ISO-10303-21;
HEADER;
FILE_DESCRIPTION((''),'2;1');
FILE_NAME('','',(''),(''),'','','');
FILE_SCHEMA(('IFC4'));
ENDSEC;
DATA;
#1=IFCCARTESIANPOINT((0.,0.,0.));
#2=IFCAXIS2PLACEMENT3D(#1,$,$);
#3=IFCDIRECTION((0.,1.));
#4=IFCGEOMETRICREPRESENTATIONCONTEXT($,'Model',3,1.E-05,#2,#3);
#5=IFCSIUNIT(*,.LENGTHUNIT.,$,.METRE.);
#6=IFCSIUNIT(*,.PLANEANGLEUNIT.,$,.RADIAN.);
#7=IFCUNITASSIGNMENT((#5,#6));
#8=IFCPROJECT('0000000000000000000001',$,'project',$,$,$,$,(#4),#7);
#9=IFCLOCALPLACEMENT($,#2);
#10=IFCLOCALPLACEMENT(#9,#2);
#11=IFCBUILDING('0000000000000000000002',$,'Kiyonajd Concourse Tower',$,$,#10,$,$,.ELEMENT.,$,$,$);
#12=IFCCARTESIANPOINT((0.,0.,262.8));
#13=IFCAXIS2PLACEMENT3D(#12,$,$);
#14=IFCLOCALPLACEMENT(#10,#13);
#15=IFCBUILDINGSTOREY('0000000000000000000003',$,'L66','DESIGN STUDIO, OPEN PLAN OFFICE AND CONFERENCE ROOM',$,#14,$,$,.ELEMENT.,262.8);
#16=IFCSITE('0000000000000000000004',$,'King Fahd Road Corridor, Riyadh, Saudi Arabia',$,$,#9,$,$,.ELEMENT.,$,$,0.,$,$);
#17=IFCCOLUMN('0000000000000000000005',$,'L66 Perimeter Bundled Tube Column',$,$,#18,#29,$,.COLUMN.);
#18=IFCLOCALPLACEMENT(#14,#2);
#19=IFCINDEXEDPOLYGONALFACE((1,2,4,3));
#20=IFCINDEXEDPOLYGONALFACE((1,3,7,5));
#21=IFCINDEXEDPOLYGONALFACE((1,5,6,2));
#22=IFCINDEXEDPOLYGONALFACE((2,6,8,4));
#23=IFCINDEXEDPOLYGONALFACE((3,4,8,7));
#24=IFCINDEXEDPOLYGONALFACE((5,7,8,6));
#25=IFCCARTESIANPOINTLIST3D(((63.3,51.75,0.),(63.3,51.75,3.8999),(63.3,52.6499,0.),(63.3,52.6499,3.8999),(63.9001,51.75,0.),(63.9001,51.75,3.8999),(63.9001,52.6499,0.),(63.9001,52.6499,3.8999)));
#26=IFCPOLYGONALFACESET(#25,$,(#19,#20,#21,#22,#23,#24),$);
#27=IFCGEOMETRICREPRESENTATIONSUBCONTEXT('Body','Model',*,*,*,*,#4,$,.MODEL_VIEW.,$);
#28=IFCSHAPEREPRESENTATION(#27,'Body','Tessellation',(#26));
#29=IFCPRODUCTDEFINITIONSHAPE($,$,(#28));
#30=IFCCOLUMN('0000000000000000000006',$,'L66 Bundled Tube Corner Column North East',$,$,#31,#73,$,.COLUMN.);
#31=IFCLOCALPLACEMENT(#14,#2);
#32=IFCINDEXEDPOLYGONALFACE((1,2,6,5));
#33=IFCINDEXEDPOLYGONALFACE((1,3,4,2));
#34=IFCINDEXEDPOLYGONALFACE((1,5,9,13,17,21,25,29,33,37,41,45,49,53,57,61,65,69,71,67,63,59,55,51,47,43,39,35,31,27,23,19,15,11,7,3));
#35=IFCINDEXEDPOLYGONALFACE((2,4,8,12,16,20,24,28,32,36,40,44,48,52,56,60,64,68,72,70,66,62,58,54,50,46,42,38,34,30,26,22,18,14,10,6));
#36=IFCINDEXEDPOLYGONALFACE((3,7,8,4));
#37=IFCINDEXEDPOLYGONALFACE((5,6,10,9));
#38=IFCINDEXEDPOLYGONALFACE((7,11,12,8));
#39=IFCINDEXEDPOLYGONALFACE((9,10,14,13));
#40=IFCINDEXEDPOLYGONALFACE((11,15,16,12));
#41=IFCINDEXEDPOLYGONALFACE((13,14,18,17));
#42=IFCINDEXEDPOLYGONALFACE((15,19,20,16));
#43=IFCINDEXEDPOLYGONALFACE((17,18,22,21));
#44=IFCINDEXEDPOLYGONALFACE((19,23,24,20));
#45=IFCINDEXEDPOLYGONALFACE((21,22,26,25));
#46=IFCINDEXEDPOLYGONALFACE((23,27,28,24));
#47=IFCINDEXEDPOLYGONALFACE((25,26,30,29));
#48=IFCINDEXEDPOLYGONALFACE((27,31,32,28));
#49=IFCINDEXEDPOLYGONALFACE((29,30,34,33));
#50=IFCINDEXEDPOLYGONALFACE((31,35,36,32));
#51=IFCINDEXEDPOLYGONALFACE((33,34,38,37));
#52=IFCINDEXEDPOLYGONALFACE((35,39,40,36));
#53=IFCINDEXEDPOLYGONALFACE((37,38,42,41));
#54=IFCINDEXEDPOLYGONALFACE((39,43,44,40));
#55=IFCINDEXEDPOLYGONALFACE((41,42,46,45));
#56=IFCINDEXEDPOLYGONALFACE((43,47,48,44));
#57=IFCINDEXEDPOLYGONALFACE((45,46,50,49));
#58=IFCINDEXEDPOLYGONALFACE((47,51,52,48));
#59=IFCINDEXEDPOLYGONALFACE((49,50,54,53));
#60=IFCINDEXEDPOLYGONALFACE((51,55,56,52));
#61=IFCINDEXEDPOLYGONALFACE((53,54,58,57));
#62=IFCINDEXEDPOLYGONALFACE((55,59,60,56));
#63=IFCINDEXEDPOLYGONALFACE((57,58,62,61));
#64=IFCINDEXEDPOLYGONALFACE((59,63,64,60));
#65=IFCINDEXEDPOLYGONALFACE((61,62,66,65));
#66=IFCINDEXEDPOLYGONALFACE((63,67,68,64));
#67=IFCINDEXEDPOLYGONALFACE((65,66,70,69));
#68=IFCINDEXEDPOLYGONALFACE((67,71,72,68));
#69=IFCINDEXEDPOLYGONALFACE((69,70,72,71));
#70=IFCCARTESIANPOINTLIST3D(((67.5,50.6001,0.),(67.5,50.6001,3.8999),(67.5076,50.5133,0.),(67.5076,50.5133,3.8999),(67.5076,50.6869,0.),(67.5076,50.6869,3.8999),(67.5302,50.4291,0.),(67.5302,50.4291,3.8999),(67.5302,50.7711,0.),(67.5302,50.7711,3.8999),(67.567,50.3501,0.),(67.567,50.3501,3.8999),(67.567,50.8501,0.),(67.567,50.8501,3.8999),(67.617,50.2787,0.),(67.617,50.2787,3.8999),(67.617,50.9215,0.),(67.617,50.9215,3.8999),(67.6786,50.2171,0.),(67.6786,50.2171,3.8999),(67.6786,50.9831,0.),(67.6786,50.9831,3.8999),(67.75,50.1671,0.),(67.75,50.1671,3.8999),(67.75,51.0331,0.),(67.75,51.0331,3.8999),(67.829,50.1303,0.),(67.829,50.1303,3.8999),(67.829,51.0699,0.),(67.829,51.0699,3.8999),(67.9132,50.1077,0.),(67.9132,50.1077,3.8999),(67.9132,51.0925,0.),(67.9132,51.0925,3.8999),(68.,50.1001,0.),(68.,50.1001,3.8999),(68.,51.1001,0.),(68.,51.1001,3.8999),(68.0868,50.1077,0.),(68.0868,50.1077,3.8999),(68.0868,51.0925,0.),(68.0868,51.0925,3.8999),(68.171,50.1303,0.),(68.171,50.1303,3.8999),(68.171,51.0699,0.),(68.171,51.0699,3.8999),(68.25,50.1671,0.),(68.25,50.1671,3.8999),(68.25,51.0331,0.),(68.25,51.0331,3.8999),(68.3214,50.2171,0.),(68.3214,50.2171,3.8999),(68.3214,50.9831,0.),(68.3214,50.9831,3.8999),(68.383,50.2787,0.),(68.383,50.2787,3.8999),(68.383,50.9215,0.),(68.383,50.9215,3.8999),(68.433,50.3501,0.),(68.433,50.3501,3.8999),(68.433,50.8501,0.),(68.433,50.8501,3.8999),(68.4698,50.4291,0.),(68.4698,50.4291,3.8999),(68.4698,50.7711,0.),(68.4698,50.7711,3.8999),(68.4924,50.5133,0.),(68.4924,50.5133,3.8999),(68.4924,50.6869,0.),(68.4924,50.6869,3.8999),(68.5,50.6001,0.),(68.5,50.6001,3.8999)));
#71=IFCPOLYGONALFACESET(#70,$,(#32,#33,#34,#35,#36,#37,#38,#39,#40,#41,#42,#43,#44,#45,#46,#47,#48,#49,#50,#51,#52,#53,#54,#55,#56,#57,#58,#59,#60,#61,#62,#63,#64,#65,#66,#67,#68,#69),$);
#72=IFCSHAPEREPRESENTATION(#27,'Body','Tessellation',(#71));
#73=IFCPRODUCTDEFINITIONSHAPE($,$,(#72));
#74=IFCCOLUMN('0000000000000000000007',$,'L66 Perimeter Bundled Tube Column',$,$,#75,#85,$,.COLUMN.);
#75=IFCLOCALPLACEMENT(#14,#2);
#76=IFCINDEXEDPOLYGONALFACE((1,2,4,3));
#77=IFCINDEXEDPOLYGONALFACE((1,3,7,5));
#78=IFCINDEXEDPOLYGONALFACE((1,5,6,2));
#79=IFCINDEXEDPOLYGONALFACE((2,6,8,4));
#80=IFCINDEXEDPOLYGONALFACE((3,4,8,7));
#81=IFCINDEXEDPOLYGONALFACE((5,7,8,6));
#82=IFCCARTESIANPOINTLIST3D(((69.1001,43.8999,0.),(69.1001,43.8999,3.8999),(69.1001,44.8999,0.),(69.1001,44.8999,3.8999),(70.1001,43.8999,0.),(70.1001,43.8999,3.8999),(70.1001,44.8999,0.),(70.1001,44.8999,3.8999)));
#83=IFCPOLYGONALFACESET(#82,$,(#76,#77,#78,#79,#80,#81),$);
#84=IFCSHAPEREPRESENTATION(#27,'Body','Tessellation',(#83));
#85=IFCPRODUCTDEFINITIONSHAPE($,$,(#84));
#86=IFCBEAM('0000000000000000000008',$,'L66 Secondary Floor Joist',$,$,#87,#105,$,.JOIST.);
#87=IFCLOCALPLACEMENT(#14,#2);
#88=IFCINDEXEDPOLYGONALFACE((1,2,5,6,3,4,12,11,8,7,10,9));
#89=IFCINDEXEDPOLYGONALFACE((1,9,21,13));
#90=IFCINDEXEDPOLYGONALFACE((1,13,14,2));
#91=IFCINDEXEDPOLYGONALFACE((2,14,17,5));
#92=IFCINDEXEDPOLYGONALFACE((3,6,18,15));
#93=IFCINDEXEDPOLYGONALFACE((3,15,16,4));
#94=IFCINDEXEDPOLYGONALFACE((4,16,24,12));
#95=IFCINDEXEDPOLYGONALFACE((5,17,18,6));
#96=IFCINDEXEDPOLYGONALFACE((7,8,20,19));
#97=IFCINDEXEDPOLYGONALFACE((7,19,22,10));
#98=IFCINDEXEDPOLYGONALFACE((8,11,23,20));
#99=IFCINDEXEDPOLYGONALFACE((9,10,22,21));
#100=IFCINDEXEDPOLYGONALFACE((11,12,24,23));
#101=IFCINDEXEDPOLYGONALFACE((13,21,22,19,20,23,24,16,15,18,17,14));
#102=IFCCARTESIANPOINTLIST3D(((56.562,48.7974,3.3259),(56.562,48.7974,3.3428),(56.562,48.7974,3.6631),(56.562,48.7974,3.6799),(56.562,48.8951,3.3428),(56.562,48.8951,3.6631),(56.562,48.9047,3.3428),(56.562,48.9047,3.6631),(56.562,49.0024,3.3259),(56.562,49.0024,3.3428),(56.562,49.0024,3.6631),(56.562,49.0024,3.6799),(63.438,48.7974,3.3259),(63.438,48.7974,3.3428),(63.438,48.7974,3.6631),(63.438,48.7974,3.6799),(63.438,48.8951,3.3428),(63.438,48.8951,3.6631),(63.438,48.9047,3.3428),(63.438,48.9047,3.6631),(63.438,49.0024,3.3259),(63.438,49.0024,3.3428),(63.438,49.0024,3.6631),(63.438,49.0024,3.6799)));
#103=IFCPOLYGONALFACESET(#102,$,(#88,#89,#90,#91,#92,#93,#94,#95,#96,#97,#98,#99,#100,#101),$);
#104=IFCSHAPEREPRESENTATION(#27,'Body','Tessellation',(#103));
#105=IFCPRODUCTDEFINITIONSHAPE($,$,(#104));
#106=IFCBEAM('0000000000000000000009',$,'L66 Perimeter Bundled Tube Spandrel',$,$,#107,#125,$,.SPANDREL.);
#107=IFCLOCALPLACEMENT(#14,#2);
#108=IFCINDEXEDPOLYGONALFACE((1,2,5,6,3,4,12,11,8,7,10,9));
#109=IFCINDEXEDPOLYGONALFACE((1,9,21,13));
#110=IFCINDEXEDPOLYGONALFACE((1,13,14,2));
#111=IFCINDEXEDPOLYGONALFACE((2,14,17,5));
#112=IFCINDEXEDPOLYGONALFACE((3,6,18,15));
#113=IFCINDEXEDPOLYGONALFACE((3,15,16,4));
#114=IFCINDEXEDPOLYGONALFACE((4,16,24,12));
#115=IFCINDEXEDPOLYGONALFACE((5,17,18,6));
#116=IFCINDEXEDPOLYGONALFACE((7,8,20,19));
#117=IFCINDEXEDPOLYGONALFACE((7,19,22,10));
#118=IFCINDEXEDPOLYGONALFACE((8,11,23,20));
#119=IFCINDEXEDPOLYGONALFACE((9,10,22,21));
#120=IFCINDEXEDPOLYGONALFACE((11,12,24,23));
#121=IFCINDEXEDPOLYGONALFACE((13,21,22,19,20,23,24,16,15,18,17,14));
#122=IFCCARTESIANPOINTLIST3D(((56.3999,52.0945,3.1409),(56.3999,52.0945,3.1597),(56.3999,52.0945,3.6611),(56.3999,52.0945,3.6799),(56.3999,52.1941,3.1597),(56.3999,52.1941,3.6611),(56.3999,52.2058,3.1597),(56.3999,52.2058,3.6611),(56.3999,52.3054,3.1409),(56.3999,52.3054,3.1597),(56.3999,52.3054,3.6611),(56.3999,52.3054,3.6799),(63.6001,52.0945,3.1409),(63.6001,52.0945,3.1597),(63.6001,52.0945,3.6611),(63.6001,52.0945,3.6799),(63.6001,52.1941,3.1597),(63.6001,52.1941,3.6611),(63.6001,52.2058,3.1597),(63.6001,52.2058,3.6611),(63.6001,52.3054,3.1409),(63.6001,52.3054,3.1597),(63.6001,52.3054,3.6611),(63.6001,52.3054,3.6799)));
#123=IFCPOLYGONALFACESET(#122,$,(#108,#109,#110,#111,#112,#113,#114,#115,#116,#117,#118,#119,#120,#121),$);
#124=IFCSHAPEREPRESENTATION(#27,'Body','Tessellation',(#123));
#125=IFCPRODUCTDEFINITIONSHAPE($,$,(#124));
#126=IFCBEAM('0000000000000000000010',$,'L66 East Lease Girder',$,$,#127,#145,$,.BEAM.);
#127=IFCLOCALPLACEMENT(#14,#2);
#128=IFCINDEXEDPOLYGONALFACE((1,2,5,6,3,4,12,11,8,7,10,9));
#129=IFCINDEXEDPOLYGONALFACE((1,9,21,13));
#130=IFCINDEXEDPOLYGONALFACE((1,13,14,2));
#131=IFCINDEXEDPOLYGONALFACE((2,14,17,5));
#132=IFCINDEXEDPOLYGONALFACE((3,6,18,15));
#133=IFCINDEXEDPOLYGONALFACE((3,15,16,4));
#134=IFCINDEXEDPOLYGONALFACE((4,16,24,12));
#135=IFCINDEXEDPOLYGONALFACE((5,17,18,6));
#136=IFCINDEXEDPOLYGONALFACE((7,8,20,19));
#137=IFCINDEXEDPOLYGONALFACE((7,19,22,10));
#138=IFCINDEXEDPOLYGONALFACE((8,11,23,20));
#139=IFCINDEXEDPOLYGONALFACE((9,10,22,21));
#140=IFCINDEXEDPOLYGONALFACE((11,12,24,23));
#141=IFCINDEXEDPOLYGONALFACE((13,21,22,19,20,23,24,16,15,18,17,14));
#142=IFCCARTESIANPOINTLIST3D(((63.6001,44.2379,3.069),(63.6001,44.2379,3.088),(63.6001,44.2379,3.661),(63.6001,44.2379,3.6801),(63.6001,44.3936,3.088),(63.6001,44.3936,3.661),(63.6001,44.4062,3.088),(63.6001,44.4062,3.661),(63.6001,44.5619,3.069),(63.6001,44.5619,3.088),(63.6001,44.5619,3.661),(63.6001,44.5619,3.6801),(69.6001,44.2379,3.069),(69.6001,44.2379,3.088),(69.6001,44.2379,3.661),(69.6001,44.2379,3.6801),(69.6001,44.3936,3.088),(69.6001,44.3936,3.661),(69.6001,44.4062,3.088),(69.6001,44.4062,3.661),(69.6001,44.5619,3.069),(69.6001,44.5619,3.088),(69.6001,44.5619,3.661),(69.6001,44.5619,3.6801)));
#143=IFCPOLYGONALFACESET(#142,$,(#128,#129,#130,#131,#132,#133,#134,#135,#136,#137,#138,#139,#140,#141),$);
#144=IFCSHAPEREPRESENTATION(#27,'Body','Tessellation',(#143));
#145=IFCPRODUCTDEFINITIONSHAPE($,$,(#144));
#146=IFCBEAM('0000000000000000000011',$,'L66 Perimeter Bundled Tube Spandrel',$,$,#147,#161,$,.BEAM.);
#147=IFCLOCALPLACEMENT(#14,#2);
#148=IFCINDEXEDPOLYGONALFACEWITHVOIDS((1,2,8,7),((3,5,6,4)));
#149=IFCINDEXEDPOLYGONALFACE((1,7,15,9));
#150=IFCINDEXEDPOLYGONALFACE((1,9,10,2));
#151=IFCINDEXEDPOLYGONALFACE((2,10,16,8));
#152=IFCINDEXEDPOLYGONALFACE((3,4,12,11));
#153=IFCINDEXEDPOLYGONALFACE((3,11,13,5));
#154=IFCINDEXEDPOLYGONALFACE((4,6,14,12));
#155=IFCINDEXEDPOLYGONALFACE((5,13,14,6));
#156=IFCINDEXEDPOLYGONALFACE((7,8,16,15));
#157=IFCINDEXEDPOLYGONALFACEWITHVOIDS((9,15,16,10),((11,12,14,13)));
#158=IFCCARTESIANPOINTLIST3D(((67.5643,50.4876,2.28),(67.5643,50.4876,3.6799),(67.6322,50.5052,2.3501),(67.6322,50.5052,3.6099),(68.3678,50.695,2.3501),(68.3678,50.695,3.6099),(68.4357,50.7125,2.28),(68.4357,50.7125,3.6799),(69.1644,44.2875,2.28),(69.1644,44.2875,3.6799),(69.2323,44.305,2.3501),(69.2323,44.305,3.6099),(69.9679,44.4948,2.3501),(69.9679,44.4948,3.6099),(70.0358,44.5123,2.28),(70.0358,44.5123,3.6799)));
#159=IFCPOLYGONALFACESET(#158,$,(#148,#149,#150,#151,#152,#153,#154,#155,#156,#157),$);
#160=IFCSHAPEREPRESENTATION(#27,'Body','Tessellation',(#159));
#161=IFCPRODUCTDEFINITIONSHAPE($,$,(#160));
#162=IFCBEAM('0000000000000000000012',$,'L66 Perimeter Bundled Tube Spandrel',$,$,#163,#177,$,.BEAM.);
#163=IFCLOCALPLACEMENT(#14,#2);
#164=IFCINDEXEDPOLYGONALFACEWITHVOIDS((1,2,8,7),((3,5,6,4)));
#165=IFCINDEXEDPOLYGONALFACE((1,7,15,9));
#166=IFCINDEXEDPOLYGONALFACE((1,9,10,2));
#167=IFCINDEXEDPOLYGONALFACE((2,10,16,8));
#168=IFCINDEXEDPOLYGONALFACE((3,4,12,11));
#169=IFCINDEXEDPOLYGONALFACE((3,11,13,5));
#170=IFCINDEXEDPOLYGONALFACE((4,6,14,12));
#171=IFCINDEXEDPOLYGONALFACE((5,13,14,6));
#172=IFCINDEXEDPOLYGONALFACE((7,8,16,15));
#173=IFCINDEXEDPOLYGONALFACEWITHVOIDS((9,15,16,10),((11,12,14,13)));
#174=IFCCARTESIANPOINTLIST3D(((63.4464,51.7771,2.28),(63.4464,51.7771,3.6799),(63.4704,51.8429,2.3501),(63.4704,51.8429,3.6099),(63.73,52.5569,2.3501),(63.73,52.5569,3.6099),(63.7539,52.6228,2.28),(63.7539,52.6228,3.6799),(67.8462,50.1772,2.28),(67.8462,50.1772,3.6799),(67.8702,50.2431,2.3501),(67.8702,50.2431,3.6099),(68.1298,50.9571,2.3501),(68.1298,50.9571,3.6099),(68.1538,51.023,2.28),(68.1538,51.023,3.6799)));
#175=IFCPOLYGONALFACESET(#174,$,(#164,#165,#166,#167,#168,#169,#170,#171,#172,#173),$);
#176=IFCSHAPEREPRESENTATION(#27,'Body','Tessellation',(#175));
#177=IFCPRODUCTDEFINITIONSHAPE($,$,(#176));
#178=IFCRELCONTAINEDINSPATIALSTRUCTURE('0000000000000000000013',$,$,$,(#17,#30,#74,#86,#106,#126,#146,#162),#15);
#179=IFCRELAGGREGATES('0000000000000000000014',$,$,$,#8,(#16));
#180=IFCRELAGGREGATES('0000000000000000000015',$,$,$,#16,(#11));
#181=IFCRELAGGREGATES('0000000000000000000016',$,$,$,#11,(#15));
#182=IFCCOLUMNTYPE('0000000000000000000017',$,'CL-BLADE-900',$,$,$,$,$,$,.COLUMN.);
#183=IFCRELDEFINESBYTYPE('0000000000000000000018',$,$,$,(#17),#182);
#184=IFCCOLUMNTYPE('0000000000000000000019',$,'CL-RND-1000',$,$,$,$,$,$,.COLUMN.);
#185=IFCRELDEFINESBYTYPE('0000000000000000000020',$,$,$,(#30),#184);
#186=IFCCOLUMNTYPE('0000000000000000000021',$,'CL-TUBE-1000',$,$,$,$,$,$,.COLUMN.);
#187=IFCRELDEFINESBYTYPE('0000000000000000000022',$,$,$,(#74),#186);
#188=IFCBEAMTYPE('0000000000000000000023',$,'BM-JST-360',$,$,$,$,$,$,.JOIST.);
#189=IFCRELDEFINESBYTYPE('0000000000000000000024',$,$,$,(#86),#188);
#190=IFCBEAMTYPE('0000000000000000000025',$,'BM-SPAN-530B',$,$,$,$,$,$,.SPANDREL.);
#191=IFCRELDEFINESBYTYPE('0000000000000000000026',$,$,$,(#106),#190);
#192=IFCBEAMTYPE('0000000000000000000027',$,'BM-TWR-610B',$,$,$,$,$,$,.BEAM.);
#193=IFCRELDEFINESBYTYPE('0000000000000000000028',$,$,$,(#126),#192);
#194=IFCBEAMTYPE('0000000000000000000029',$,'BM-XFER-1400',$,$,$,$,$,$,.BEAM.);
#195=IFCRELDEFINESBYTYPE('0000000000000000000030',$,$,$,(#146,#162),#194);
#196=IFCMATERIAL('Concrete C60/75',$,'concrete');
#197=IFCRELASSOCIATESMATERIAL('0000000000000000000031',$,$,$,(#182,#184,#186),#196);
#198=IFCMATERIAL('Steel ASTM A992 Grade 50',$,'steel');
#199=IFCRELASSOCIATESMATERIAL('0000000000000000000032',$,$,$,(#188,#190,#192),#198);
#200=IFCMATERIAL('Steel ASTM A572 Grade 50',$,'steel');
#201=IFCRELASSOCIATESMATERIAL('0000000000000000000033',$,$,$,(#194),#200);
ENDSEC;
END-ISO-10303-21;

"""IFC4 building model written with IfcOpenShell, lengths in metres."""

from ifc_helpers import new_model, si_unit, direction, frame, origin, origin_2d, place, context, subcontext, project, spatial, rectangle, hollow_rectangle, circle, i_section, extrude, material, material_profile, profile_set, type_object, element, save


model = new_model("IFC4")

# Units and contexts
model_context = context("Model", 3, precision=1e-05, world=origin(), true_north=direction((0.0, 1.0)))
body_context = subcontext(model_context, "Body", "Model", "MODEL_VIEW")
ifc_project = project(units=[si_unit("LENGTHUNIT", "METRE"), si_unit("PLANEANGLEUNIT", "RADIAN")], contexts=[model_context])

# Site, building, storey
site_placement = place(None, origin())
site = spatial("IfcSite", under=ifc_project, at=site_placement, Name="King Fahd Road Corridor, Riyadh, Saudi Arabia", CompositionType="ELEMENT", RefElevation=0.0)
building_placement = place(site_placement, origin())
building = spatial("IfcBuilding", under=site, at=building_placement, Name="Kiyonajd Concourse Tower", CompositionType="ELEMENT")
storey_placement = place(building_placement, frame((0.0, 0.0, 262.8)))
storey = spatial("IfcBuildingStorey", under=building, at=storey_placement, Name="L66", Description="DESIGN STUDIO, OPEN PLAN OFFICE AND CONFERENCE ROOM", CompositionType="ELEMENT", Elevation=262.8)

# Columns
ifc_material_1 = material(Name="Concrete C60/75", Category="concrete")
ifc_material_profile_1 = material_profile(ifc_material_1, rectangle(XDim=0.6001, YDim=0.8999, at=origin_2d()), Name="RC-900x600")
ifc_profile_set_1 = profile_set([ifc_material_profile_1], Name="Concrete C60/75")
column_type_1 = type_object("IfcColumnType", Name="CL-BLADE-900", PredefinedType="COLUMN", material=ifc_profile_set_1)
column_1_placement = place(storey_placement, frame((63.6001, 52.2, 0.0), z_axis=(0.0, 0.0, 1.0), x_axis=(1.0, 0.0, 0.0)))
element("IfcColumn", 1, at=column_1_placement, inside=storey, type_object=column_type_1, Name="L66 Perimeter Bundled Tube Column", PredefinedType="COLUMN", context=body_context, shape_type="SweptSolid", body=[
    extrude(rectangle(XDim=0.6001, YDim=0.8999, at=origin_2d()), origin(), (0.0, 0.0, 1.0), 3.8999),
])
ifc_material_profile_2 = material_profile(ifc_material_1, circle(Radius=0.5, at=origin_2d()), Name="RCC-D1000")
ifc_profile_set_2 = profile_set([ifc_material_profile_2], Name="Concrete C60/75")
column_type_2 = type_object("IfcColumnType", Name="CL-RND-1000", PredefinedType="COLUMN", material=ifc_profile_set_2)
column_2_placement = place(storey_placement, frame((68.0, 50.6001, 0.0), z_axis=(0.0, 0.0, 1.0), x_axis=(1.0, 0.0, 0.0)))
element("IfcColumn", 2, at=column_2_placement, inside=storey, type_object=column_type_2, Name="L66 Bundled Tube Corner Column North East", PredefinedType="COLUMN", context=body_context, shape_type="SweptSolid", body=[
    extrude(circle(Radius=0.5, at=origin_2d()), origin(), (0.0, 0.0, 1.0), 3.8999),
])
ifc_material_profile_3 = material_profile(ifc_material_1, rectangle(XDim=1.0, YDim=1.0, at=origin_2d()), Name="RC-1000x1000")
ifc_profile_set_3 = profile_set([ifc_material_profile_3], Name="Concrete C60/75")
column_type_3 = type_object("IfcColumnType", Name="CL-TUBE-1000", PredefinedType="COLUMN", material=ifc_profile_set_3)
column_3_placement = place(storey_placement, frame((69.6001, 44.3999, 0.0), z_axis=(0.0, 0.0, 1.0), x_axis=(1.0, 0.0, 0.0)))
element("IfcColumn", 3, at=column_3_placement, inside=storey, type_object=column_type_3, Name="L66 Perimeter Bundled Tube Column", PredefinedType="COLUMN", context=body_context, shape_type="SweptSolid", body=[
    extrude(rectangle(XDim=1.0, YDim=1.0, at=origin_2d()), origin(), (0.0, 0.0, 1.0), 3.8999),
])

# Beams
ifc_material_2 = material(Name="Steel ASTM A992 Grade 50", Category="steel")
ifc_material_profile_4 = material_profile(ifc_material_2, i_section(OverallWidth=0.2051, OverallDepth=0.354, WebThickness=0.0095, FlangeThickness=0.0168, at=origin_2d()), Name="W360X79")
ifc_profile_set_4 = profile_set([ifc_material_profile_4], Name="Steel ASTM A992 Grade 50")
beam_type_1 = type_object("IfcBeamType", Name="BM-JST-360", PredefinedType="JOIST", material=ifc_profile_set_4)
beam_1_placement = place(storey_placement, frame((56.562, 48.8999, 3.5029), z_axis=(1.0, 0.0, 0.0), x_axis=(0.0, 1.0, 0.0)))
element("IfcBeam", 4, at=beam_1_placement, inside=storey, type_object=beam_type_1, Name="L66 Secondary Floor Joist", PredefinedType="JOIST", context=body_context, shape_type="SweptSolid", body=[
    extrude(i_section(OverallWidth=0.2051, OverallDepth=0.354, WebThickness=0.0095, FlangeThickness=0.0168, at=origin_2d()), origin(), (0.0, 0.0, 1.0), 6.876),
])
ifc_material_profile_5 = material_profile(ifc_material_2, i_section(OverallWidth=0.2109, OverallDepth=0.5391, WebThickness=0.0117, FlangeThickness=0.0188, at=origin_2d()), Name="W530X109")
ifc_profile_set_5 = profile_set([ifc_material_profile_5], Name="Steel ASTM A992 Grade 50")
beam_type_2 = type_object("IfcBeamType", Name="BM-SPAN-530B", PredefinedType="SPANDREL", material=ifc_profile_set_5)
beam_2_placement = place(storey_placement, frame((63.6001, 52.2, 3.4104), z_axis=(-1.0, 0.0, 0.0), x_axis=(0.0, -1.0, 0.0)))
element("IfcBeam", 5, at=beam_2_placement, inside=storey, type_object=beam_type_2, Name="L66 Perimeter Bundled Tube Spandrel", PredefinedType="SPANDREL", context=body_context, shape_type="SweptSolid", body=[
    extrude(i_section(OverallWidth=0.2109, OverallDepth=0.5391, WebThickness=0.0117, FlangeThickness=0.0188, at=origin_2d()), origin(), (0.0, 0.0, 1.0), 7.2002),
])
ifc_material_profile_6 = material_profile(ifc_material_2, i_section(OverallWidth=0.324, OverallDepth=0.6111, WebThickness=0.0127, FlangeThickness=0.019, at=origin_2d()), Name="W610X155")
ifc_profile_set_6 = profile_set([ifc_material_profile_6], Name="Steel ASTM A992 Grade 50")
beam_type_3 = type_object("IfcBeamType", Name="BM-TWR-610B", PredefinedType="BEAM", material=ifc_profile_set_6)
beam_3_placement = place(storey_placement, frame((63.6001, 44.3999, 3.3745), z_axis=(1.0, 0.0, 0.0), x_axis=(0.0, 1.0, 0.0)))
element("IfcBeam", 6, at=beam_3_placement, inside=storey, type_object=beam_type_3, Name="L66 East Lease Girder", PredefinedType="BEAM", context=body_context, shape_type="SweptSolid", body=[
    extrude(i_section(OverallWidth=0.324, OverallDepth=0.6111, WebThickness=0.0127, FlangeThickness=0.019, at=origin_2d()), origin(), (0.0, 0.0, 1.0), 6.0),
])
ifc_material_3 = material(Name="Steel ASTM A572 Grade 50", Category="steel")
ifc_material_profile_7 = material_profile(ifc_material_3, hollow_rectangle(XDim=0.8999, YDim=1.3999, WallThickness=0.0701, at=origin_2d()), Name="BOX-1400x900x70")
ifc_profile_set_7 = profile_set([ifc_material_profile_7], Name="Steel ASTM A572 Grade 50")
beam_type_4 = type_object("IfcBeamType", Name="BM-XFER-1400", PredefinedType="BEAM", material=ifc_profile_set_7)
beam_4_placement = place(storey_placement, frame((69.6001, 44.3999, 2.98), z_axis=(-0.249885, 0.968276, 0.0), x_axis=(-0.968276, -0.249885, 0.0)))
element("IfcBeam", 7, at=beam_4_placement, inside=storey, type_object=beam_type_4, Name="L66 Perimeter Bundled Tube Spandrel", PredefinedType="BEAM", context=body_context, shape_type="SweptSolid", body=[
    extrude(hollow_rectangle(XDim=0.8999, YDim=1.3999, WallThickness=0.0701, at=origin_2d()), origin(), (0.0, 0.0, 1.0), 6.4033),
])
beam_5_placement = place(storey_placement, frame((68.0, 50.6001, 2.98), z_axis=(-0.939801, 0.341722, 0.0), x_axis=(-0.341722, -0.939801, 0.0)))
element("IfcBeam", 8, at=beam_5_placement, inside=storey, type_object=beam_type_4, Name="L66 Perimeter Bundled Tube Spandrel", PredefinedType="BEAM", context=body_context, shape_type="SweptSolid", body=[
    extrude(hollow_rectangle(XDim=0.8999, YDim=1.3999, WallThickness=0.0701, at=origin_2d()), origin(), (0.0, 0.0, 1.0), 4.6816),
])

save(model, "model.ifc")
